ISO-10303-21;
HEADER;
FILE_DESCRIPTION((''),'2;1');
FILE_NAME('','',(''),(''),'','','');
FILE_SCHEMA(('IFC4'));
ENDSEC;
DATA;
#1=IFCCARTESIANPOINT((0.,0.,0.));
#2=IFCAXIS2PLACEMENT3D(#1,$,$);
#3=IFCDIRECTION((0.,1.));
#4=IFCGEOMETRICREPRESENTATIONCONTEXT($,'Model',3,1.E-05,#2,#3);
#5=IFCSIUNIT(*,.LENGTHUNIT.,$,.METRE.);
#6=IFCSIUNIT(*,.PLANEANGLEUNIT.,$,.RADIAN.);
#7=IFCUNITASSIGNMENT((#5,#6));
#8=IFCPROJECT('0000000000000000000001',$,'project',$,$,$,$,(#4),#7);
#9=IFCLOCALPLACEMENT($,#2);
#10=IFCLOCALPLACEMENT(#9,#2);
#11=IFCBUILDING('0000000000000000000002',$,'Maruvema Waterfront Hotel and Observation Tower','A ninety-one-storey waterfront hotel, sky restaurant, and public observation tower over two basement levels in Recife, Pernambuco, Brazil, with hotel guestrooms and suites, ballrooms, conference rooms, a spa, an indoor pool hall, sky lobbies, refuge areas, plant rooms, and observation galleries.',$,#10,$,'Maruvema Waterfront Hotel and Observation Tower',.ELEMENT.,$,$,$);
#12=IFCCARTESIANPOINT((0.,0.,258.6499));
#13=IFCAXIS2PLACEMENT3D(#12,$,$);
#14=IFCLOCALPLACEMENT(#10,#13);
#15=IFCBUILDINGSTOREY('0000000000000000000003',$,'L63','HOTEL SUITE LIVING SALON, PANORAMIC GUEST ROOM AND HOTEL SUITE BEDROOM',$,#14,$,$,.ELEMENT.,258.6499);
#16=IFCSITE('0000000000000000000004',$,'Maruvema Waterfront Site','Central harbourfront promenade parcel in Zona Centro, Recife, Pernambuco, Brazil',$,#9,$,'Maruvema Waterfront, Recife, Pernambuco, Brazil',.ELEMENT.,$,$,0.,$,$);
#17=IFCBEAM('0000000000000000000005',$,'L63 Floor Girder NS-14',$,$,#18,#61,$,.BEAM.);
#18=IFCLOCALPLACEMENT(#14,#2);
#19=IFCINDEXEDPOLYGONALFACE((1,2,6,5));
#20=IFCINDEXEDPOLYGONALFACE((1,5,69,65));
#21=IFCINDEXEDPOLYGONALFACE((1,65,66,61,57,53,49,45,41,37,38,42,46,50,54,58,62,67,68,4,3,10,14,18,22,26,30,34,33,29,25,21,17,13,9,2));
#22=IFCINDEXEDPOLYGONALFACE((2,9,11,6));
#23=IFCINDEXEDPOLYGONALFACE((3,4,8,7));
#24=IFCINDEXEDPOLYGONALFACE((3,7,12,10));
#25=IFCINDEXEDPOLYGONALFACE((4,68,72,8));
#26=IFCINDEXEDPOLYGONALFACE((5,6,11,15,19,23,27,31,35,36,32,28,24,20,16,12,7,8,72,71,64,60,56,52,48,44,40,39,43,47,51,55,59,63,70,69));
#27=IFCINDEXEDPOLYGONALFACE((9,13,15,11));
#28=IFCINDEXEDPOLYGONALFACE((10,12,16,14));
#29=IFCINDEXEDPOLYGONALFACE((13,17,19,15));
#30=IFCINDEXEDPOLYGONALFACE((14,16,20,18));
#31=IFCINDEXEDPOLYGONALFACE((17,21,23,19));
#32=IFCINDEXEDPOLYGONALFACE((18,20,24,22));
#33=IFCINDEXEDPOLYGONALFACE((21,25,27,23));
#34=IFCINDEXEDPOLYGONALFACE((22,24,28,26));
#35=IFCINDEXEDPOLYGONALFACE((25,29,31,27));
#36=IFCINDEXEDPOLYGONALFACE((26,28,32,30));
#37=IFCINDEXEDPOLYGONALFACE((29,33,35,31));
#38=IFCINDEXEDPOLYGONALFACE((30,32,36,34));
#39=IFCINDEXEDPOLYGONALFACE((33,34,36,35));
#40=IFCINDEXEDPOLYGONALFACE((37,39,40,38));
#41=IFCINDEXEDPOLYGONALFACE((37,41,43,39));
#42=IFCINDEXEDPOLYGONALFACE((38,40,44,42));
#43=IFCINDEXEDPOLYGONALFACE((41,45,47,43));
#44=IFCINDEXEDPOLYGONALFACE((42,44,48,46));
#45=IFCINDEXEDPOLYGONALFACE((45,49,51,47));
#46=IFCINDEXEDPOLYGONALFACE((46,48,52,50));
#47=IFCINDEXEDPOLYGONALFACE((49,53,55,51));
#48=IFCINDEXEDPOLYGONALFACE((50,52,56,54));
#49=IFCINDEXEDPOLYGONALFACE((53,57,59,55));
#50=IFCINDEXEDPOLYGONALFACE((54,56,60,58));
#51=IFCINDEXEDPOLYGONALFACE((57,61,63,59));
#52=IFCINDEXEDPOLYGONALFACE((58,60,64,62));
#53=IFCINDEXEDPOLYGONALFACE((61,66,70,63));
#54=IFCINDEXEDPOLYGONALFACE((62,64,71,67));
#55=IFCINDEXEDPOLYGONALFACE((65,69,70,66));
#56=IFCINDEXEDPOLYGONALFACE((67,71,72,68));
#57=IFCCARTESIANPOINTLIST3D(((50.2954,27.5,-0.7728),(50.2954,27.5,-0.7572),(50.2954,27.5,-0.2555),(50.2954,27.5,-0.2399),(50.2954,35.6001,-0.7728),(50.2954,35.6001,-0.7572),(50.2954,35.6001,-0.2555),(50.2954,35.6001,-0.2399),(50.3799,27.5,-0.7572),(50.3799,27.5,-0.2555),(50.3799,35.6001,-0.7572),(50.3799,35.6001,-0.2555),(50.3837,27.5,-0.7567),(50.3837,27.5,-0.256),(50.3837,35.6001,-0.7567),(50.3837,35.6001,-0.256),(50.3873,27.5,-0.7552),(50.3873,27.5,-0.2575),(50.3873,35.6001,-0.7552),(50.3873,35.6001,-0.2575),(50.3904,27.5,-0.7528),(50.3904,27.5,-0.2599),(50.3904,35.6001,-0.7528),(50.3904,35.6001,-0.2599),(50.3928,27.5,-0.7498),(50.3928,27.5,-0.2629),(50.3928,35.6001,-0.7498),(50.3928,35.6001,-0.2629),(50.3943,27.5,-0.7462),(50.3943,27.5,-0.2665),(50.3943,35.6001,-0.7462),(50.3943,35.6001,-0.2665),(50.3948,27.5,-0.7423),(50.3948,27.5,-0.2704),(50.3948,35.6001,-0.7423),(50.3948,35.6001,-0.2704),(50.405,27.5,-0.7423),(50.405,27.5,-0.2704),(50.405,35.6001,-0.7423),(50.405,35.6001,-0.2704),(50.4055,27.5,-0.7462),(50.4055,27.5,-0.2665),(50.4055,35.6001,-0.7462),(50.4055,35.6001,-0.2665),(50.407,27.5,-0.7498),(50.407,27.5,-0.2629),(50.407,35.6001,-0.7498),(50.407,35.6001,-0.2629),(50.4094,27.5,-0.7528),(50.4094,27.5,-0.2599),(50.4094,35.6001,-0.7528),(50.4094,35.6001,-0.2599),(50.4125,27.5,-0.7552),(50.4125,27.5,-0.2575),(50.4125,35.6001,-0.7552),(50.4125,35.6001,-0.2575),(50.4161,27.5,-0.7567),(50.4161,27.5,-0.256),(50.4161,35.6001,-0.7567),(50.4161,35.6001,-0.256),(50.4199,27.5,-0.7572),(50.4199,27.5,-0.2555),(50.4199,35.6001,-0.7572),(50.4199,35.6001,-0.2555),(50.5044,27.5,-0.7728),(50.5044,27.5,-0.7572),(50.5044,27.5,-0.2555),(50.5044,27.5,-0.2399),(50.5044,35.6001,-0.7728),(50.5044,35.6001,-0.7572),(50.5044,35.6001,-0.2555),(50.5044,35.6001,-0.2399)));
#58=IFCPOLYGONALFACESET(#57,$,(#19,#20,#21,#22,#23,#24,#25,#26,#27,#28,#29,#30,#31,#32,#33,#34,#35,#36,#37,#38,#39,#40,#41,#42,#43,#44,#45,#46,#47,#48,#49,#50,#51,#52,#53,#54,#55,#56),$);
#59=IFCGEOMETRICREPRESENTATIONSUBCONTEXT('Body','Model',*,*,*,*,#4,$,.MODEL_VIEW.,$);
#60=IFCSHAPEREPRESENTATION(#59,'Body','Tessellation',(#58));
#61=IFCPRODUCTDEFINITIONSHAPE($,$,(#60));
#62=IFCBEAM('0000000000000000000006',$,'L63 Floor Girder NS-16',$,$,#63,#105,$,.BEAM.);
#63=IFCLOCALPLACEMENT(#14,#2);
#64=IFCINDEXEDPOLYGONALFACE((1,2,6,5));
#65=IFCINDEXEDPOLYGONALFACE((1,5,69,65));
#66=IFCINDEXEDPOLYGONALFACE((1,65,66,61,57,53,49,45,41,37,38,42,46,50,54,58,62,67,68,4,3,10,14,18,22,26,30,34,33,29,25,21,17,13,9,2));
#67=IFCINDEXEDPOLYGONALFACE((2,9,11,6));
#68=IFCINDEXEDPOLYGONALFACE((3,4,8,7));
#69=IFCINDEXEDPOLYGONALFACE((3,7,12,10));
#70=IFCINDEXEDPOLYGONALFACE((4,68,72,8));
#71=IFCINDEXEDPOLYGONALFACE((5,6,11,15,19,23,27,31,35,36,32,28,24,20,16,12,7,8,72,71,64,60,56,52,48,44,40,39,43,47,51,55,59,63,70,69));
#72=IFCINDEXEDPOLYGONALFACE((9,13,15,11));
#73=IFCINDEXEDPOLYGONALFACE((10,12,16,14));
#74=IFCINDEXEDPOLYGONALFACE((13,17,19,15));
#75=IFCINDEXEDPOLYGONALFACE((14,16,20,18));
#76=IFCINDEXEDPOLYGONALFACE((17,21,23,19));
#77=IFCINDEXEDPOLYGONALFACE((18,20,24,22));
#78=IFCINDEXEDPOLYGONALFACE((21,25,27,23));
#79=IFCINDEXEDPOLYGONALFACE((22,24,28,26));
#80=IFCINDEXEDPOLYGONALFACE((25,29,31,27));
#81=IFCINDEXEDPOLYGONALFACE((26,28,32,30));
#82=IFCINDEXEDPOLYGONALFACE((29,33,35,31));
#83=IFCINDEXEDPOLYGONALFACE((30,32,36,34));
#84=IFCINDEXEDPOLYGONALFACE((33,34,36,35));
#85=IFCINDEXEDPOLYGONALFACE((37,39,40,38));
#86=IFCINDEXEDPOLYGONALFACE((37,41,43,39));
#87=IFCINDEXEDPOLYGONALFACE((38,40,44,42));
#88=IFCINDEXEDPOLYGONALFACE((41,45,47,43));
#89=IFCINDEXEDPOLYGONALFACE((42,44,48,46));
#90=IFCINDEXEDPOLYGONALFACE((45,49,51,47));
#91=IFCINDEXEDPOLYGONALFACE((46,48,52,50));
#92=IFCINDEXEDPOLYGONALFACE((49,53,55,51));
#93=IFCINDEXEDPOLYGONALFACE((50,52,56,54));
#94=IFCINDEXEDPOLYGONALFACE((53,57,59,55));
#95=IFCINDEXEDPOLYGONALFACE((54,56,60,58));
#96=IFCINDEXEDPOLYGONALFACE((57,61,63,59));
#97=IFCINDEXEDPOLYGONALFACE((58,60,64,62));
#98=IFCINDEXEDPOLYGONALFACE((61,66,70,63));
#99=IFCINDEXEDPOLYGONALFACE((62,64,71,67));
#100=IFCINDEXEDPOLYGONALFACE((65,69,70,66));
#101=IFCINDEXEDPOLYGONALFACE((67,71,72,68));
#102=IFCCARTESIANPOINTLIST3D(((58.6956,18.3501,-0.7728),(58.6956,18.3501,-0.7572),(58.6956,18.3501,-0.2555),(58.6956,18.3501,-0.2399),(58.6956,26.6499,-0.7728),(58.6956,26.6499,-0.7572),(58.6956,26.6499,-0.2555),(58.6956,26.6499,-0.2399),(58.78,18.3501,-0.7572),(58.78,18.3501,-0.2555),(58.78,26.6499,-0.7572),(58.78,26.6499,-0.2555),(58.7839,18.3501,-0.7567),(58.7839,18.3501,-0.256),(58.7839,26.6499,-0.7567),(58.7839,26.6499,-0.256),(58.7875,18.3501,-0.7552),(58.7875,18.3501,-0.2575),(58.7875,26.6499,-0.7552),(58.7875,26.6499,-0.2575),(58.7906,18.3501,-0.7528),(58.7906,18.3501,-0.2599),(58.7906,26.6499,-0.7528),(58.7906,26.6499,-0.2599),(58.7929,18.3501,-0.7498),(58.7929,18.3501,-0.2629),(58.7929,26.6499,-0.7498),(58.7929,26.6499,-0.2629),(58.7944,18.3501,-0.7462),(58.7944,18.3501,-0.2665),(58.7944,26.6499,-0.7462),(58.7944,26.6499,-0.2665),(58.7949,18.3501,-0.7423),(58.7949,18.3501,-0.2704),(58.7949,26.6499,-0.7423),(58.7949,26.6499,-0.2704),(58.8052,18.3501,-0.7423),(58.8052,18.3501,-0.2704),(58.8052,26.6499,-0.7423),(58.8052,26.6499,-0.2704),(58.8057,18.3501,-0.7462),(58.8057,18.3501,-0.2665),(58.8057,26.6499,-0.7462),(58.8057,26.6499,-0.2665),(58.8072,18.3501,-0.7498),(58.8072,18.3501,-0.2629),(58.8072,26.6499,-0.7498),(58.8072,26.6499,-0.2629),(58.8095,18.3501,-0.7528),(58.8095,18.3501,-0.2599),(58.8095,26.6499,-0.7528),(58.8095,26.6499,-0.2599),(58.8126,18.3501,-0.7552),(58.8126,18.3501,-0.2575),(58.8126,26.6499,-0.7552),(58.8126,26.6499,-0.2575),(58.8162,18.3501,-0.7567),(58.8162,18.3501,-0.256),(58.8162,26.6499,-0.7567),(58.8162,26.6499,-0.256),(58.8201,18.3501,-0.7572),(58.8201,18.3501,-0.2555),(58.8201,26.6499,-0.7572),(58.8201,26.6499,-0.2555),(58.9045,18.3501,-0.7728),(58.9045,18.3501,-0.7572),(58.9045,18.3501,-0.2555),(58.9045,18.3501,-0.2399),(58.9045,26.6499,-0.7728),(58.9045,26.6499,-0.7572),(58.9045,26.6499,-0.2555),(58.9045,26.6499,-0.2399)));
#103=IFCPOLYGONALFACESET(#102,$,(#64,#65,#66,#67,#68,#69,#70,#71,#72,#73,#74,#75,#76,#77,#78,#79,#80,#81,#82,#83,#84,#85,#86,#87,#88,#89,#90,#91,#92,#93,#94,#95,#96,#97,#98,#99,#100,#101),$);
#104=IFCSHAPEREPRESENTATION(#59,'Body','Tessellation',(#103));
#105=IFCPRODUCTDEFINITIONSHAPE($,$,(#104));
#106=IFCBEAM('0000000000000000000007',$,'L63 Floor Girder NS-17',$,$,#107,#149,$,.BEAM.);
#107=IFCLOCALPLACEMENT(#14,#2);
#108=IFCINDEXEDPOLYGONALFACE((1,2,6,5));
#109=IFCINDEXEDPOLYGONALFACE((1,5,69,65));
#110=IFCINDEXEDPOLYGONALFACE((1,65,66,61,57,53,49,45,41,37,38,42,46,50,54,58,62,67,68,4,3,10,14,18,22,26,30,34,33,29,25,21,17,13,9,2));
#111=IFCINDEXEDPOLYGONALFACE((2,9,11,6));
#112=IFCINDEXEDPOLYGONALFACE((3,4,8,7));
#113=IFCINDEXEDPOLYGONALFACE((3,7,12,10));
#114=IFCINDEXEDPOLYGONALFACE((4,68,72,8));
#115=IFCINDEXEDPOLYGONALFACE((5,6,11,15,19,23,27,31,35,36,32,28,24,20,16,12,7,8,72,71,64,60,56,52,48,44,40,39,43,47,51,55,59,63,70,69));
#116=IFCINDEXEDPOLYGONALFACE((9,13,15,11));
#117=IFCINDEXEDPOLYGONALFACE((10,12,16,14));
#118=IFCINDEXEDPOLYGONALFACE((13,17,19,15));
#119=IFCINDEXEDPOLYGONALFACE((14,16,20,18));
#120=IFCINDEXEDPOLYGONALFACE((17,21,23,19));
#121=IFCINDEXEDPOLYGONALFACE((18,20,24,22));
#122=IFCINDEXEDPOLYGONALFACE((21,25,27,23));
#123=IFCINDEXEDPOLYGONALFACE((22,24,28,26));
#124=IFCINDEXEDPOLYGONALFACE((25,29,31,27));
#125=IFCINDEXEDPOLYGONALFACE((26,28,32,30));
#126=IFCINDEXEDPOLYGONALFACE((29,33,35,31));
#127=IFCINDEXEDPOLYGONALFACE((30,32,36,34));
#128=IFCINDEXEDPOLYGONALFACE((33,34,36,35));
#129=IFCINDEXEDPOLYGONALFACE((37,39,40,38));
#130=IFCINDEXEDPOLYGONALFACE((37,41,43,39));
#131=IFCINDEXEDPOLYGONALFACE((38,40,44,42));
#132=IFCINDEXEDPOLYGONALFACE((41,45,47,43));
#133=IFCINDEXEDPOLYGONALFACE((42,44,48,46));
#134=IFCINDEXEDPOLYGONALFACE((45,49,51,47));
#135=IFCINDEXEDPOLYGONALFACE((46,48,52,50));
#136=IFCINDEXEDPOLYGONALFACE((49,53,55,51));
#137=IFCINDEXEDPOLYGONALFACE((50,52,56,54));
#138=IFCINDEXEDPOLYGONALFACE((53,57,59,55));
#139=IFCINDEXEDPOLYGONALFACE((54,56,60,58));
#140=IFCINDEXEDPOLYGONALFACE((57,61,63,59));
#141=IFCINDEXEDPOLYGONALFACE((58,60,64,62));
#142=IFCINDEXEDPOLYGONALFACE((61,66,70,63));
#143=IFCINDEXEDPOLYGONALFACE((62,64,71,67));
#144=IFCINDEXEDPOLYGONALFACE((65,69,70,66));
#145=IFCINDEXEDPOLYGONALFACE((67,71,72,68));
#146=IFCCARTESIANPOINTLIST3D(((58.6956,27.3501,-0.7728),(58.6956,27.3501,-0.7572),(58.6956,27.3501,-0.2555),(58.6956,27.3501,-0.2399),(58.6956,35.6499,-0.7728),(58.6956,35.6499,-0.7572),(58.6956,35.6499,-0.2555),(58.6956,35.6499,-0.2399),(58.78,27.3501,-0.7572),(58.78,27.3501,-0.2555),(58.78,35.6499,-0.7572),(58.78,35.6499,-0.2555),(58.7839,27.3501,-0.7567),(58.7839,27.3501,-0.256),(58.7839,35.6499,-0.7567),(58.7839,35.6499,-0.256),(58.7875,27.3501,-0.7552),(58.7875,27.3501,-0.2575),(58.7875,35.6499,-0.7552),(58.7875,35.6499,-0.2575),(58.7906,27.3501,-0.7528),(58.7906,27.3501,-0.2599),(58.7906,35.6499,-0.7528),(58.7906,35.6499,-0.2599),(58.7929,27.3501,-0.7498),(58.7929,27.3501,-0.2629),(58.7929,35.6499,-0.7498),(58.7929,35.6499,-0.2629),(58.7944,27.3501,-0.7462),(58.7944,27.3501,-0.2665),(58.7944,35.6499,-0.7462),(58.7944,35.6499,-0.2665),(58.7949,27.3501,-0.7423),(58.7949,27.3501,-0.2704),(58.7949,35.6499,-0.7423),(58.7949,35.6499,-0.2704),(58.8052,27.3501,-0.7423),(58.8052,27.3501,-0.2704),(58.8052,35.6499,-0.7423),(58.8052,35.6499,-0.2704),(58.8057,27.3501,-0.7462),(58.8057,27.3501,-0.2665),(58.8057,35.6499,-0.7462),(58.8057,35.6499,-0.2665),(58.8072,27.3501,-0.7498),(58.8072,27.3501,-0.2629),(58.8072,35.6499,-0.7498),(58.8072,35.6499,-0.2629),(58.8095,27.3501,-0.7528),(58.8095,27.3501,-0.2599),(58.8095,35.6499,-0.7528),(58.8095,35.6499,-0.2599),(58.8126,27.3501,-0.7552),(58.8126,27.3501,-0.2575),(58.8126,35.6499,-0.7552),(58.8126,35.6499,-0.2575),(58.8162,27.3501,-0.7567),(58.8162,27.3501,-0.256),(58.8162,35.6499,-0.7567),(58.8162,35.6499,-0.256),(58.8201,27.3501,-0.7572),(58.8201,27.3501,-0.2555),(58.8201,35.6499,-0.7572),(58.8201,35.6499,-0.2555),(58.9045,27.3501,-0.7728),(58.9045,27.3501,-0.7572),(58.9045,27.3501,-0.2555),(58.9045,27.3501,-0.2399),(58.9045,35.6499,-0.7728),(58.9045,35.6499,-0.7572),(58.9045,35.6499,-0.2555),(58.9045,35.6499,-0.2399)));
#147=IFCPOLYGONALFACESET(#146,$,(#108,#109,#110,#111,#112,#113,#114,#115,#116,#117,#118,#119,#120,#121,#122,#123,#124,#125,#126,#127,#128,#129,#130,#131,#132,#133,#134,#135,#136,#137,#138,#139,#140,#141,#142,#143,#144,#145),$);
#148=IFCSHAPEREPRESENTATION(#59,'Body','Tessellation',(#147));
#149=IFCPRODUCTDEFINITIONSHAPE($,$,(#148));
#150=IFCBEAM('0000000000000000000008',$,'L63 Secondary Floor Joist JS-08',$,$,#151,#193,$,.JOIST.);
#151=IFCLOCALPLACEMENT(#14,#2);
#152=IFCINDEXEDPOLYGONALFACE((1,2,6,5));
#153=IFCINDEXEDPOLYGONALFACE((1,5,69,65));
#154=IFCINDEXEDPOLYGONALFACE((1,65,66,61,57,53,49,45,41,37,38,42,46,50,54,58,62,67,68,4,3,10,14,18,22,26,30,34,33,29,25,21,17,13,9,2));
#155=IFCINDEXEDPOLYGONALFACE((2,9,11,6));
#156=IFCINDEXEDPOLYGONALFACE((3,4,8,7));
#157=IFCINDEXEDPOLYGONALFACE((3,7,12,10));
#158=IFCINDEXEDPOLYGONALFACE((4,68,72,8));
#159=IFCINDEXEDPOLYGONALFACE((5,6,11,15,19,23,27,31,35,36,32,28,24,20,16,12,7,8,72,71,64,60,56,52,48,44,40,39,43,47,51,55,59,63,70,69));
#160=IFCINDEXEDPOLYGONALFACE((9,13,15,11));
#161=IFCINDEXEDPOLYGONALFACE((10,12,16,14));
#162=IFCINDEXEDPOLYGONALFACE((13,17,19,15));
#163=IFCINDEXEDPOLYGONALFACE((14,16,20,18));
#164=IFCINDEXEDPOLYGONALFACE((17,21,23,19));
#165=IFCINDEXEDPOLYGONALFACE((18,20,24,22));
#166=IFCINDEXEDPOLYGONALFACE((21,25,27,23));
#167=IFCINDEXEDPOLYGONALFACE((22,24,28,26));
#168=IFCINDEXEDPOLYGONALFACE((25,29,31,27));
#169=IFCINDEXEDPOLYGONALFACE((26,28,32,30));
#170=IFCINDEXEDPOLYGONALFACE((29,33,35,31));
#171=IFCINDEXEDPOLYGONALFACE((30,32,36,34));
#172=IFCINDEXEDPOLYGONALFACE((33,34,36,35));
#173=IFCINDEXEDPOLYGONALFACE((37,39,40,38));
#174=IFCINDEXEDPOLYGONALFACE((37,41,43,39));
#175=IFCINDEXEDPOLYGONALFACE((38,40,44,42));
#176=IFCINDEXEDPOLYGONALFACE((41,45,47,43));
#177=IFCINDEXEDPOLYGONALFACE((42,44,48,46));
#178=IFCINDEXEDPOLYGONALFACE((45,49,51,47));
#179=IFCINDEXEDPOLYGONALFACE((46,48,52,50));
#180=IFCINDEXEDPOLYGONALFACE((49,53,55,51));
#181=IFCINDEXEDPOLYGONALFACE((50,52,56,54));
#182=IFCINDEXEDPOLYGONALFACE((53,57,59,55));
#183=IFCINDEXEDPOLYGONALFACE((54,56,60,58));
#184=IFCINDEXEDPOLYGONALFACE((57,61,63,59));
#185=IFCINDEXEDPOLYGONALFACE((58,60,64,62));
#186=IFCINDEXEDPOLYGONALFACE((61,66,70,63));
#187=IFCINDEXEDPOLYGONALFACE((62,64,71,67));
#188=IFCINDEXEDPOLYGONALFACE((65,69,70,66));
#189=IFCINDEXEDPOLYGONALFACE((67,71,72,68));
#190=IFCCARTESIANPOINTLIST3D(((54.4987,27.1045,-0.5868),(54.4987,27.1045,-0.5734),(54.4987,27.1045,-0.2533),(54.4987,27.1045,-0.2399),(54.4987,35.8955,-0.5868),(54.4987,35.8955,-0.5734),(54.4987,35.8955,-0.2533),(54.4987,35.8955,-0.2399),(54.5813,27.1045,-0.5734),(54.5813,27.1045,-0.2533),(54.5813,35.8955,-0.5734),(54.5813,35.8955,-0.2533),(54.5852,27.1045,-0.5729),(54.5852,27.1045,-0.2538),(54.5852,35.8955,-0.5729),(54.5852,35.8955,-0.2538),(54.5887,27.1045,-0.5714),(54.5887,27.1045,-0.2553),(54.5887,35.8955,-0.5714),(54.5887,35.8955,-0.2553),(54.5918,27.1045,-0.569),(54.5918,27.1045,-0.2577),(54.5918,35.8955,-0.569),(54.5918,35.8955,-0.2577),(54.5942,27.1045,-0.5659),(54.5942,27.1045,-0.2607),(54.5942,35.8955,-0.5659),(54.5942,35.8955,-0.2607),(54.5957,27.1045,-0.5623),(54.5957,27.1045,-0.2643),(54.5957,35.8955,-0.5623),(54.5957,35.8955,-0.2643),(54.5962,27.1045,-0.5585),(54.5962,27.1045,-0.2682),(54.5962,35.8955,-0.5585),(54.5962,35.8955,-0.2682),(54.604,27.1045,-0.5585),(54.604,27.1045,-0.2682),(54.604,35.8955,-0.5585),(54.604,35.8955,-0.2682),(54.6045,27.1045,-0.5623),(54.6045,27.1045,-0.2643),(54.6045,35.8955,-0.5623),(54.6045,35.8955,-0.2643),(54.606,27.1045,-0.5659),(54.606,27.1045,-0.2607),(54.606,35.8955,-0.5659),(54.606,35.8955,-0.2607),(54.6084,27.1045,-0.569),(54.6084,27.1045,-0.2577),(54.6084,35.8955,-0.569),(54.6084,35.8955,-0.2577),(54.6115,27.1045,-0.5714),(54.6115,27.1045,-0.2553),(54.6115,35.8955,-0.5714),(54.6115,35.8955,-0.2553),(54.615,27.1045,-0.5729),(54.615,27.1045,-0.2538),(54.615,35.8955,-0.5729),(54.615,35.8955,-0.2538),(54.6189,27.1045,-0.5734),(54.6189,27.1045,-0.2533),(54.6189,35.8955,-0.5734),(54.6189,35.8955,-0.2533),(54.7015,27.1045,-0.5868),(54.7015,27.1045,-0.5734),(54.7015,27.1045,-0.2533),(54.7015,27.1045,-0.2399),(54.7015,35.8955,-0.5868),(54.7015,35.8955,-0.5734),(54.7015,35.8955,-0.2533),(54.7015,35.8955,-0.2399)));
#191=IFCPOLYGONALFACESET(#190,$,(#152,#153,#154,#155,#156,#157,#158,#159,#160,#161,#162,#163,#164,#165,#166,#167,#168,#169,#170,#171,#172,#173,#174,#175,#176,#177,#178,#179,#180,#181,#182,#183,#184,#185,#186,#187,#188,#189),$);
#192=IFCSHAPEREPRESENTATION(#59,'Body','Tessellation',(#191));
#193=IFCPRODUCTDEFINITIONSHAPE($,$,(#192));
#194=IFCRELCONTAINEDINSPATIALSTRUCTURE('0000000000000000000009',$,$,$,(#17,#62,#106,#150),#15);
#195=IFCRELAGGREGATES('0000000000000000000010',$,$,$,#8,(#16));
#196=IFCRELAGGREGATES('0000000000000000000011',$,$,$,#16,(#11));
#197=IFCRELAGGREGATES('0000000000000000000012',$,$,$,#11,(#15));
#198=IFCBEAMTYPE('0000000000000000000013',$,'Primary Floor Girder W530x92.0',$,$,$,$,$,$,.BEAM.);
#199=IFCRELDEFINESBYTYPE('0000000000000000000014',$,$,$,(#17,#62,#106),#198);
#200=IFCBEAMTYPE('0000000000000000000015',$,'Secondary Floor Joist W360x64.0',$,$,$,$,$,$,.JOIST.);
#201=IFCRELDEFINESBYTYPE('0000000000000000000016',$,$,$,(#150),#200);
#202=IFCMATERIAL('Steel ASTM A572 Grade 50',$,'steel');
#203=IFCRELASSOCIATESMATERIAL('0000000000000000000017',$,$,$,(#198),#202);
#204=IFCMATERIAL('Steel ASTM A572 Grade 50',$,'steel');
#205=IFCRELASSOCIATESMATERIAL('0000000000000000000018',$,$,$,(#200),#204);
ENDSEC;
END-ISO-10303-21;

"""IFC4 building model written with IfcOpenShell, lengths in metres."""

from ifc_helpers import new_model, si_unit, direction, frame, origin, origin_2d, place, context, subcontext, project, spatial, i_section, extrude, material, material_profile, profile_set, type_object, element, save


model = new_model("IFC4")

# Units and contexts
model_context = context("Model", 3, precision=1e-05, world=origin(), true_north=direction((0.0, 1.0)))
body_context = subcontext(model_context, "Body", "Model", "MODEL_VIEW")
ifc_project = project(units=[si_unit("LENGTHUNIT", "METRE"), si_unit("PLANEANGLEUNIT", "RADIAN")], contexts=[model_context])

# Site, building, storey
site_placement = place(None, origin())
site = spatial("IfcSite", under=ifc_project, at=site_placement, Name="Maruvema Waterfront Site", Description="Central harbourfront promenade parcel in Zona Centro, Recife, Pernambuco, Brazil", LongName="Maruvema Waterfront, Recife, Pernambuco, Brazil", CompositionType="ELEMENT", RefElevation=0.0)
building_placement = place(site_placement, origin())
building = spatial("IfcBuilding", under=site, at=building_placement, Name="Maruvema Waterfront Hotel and Observation Tower", Description="A ninety-one-storey waterfront hotel, sky restaurant, and public observation tower over two basement levels in Recife, Pernambuco, Brazil, with hotel guestrooms and suites, ballrooms, conference rooms, a spa, an indoor pool hall, sky lobbies, refuge areas, plant rooms, and observation galleries.", LongName="Maruvema Waterfront Hotel and Observation Tower", CompositionType="ELEMENT")
storey_placement = place(building_placement, frame((0.0, 0.0, 258.6499)))
storey = spatial("IfcBuildingStorey", under=building, at=storey_placement, Name="L63", Description="HOTEL SUITE LIVING SALON, PANORAMIC GUEST ROOM AND HOTEL SUITE BEDROOM", CompositionType="ELEMENT", Elevation=258.6499)

# Beams
ifc_material_1 = material(Name="Steel ASTM A572 Grade 50", Category="steel")
ifc_material_profile_1 = material_profile(ifc_material_1, i_section(OverallWidth=0.209, OverallDepth=0.533, WebThickness=0.0103, FlangeThickness=0.0156, FilletRadius=0.0149, at=origin_2d()), Name="W530x92.0")
ifc_profile_set_1 = profile_set([ifc_material_profile_1], Name="Steel ASTM A572 Grade 50")
beam_type_1 = type_object("IfcBeamType", Name="Primary Floor Girder W530x92.0", PredefinedType="BEAM", material=ifc_profile_set_1)
beam_1_placement = place(storey_placement, frame((50.3999, 27.5, -0.5063), z_axis=(0.0, 1.0, 0.0), x_axis=(-1.0, 0.0, 0.0)))
element("IfcBeam", 1, at=beam_1_placement, inside=storey, type_object=beam_type_1, Name="L63 Floor Girder NS-14", PredefinedType="BEAM", context=body_context, shape_type="SweptSolid", body=[
    extrude(i_section(OverallWidth=0.209, OverallDepth=0.533, WebThickness=0.0103, FlangeThickness=0.0156, FilletRadius=0.0149, at=origin_2d()), origin(), (0.0, 0.0, 1.0), 8.1001),
])
for number, where, z_axis, x_axis, name in (
    (2, (58.8, 18.3501, -0.5063), (0.0, 1.0, 0.0), (-1.0, 0.0, 0.0), "L63 Floor Girder NS-16"),
    (3, (58.8, 27.3501, -0.5063), (0.0, 1.0, 0.0), (-1.0, 0.0, 0.0), "L63 Floor Girder NS-17"),
):
    element("IfcBeam", number, at=place(storey_placement, frame(where, z_axis=z_axis, x_axis=x_axis)), inside=storey, type_object=beam_type_1, Name=name, PredefinedType="BEAM", context=body_context, shape_type="SweptSolid", body=[
        extrude(i_section(OverallWidth=0.209, OverallDepth=0.533, WebThickness=0.0103, FlangeThickness=0.0156, FilletRadius=0.0149, at=origin_2d()), origin(), (0.0, 0.0, 1.0), 8.2998),
    ])
ifc_material_2 = material(Name="Steel ASTM A572 Grade 50", Category="steel")
ifc_material_profile_2 = material_profile(ifc_material_2, i_section(OverallWidth=0.2029, OverallDepth=0.3469, WebThickness=0.0078, FlangeThickness=0.0134, FilletRadius=0.0149, at=origin_2d()), Name="W360x64.0")
ifc_profile_set_2 = profile_set([ifc_material_profile_2], Name="Steel ASTM A572 Grade 50")
beam_type_2 = type_object("IfcBeamType", Name="Secondary Floor Joist W360x64.0", PredefinedType="JOIST", material=ifc_profile_set_2)
beam_2_placement = place(storey_placement, frame((54.6001, 27.1045, -0.4133), z_axis=(0.0, 1.0, 0.0), x_axis=(-1.0, 0.0, 0.0)))
element("IfcBeam", 4, at=beam_2_placement, inside=storey, type_object=beam_type_2, Name="L63 Secondary Floor Joist JS-08", PredefinedType="JOIST", context=body_context, shape_type="SweptSolid", body=[
    extrude(i_section(OverallWidth=0.2029, OverallDepth=0.3469, WebThickness=0.0078, FlangeThickness=0.0134, FilletRadius=0.0149, at=origin_2d()), origin(), (0.0, 0.0, 1.0), 8.791),
])

save(model, "model.ifc")
